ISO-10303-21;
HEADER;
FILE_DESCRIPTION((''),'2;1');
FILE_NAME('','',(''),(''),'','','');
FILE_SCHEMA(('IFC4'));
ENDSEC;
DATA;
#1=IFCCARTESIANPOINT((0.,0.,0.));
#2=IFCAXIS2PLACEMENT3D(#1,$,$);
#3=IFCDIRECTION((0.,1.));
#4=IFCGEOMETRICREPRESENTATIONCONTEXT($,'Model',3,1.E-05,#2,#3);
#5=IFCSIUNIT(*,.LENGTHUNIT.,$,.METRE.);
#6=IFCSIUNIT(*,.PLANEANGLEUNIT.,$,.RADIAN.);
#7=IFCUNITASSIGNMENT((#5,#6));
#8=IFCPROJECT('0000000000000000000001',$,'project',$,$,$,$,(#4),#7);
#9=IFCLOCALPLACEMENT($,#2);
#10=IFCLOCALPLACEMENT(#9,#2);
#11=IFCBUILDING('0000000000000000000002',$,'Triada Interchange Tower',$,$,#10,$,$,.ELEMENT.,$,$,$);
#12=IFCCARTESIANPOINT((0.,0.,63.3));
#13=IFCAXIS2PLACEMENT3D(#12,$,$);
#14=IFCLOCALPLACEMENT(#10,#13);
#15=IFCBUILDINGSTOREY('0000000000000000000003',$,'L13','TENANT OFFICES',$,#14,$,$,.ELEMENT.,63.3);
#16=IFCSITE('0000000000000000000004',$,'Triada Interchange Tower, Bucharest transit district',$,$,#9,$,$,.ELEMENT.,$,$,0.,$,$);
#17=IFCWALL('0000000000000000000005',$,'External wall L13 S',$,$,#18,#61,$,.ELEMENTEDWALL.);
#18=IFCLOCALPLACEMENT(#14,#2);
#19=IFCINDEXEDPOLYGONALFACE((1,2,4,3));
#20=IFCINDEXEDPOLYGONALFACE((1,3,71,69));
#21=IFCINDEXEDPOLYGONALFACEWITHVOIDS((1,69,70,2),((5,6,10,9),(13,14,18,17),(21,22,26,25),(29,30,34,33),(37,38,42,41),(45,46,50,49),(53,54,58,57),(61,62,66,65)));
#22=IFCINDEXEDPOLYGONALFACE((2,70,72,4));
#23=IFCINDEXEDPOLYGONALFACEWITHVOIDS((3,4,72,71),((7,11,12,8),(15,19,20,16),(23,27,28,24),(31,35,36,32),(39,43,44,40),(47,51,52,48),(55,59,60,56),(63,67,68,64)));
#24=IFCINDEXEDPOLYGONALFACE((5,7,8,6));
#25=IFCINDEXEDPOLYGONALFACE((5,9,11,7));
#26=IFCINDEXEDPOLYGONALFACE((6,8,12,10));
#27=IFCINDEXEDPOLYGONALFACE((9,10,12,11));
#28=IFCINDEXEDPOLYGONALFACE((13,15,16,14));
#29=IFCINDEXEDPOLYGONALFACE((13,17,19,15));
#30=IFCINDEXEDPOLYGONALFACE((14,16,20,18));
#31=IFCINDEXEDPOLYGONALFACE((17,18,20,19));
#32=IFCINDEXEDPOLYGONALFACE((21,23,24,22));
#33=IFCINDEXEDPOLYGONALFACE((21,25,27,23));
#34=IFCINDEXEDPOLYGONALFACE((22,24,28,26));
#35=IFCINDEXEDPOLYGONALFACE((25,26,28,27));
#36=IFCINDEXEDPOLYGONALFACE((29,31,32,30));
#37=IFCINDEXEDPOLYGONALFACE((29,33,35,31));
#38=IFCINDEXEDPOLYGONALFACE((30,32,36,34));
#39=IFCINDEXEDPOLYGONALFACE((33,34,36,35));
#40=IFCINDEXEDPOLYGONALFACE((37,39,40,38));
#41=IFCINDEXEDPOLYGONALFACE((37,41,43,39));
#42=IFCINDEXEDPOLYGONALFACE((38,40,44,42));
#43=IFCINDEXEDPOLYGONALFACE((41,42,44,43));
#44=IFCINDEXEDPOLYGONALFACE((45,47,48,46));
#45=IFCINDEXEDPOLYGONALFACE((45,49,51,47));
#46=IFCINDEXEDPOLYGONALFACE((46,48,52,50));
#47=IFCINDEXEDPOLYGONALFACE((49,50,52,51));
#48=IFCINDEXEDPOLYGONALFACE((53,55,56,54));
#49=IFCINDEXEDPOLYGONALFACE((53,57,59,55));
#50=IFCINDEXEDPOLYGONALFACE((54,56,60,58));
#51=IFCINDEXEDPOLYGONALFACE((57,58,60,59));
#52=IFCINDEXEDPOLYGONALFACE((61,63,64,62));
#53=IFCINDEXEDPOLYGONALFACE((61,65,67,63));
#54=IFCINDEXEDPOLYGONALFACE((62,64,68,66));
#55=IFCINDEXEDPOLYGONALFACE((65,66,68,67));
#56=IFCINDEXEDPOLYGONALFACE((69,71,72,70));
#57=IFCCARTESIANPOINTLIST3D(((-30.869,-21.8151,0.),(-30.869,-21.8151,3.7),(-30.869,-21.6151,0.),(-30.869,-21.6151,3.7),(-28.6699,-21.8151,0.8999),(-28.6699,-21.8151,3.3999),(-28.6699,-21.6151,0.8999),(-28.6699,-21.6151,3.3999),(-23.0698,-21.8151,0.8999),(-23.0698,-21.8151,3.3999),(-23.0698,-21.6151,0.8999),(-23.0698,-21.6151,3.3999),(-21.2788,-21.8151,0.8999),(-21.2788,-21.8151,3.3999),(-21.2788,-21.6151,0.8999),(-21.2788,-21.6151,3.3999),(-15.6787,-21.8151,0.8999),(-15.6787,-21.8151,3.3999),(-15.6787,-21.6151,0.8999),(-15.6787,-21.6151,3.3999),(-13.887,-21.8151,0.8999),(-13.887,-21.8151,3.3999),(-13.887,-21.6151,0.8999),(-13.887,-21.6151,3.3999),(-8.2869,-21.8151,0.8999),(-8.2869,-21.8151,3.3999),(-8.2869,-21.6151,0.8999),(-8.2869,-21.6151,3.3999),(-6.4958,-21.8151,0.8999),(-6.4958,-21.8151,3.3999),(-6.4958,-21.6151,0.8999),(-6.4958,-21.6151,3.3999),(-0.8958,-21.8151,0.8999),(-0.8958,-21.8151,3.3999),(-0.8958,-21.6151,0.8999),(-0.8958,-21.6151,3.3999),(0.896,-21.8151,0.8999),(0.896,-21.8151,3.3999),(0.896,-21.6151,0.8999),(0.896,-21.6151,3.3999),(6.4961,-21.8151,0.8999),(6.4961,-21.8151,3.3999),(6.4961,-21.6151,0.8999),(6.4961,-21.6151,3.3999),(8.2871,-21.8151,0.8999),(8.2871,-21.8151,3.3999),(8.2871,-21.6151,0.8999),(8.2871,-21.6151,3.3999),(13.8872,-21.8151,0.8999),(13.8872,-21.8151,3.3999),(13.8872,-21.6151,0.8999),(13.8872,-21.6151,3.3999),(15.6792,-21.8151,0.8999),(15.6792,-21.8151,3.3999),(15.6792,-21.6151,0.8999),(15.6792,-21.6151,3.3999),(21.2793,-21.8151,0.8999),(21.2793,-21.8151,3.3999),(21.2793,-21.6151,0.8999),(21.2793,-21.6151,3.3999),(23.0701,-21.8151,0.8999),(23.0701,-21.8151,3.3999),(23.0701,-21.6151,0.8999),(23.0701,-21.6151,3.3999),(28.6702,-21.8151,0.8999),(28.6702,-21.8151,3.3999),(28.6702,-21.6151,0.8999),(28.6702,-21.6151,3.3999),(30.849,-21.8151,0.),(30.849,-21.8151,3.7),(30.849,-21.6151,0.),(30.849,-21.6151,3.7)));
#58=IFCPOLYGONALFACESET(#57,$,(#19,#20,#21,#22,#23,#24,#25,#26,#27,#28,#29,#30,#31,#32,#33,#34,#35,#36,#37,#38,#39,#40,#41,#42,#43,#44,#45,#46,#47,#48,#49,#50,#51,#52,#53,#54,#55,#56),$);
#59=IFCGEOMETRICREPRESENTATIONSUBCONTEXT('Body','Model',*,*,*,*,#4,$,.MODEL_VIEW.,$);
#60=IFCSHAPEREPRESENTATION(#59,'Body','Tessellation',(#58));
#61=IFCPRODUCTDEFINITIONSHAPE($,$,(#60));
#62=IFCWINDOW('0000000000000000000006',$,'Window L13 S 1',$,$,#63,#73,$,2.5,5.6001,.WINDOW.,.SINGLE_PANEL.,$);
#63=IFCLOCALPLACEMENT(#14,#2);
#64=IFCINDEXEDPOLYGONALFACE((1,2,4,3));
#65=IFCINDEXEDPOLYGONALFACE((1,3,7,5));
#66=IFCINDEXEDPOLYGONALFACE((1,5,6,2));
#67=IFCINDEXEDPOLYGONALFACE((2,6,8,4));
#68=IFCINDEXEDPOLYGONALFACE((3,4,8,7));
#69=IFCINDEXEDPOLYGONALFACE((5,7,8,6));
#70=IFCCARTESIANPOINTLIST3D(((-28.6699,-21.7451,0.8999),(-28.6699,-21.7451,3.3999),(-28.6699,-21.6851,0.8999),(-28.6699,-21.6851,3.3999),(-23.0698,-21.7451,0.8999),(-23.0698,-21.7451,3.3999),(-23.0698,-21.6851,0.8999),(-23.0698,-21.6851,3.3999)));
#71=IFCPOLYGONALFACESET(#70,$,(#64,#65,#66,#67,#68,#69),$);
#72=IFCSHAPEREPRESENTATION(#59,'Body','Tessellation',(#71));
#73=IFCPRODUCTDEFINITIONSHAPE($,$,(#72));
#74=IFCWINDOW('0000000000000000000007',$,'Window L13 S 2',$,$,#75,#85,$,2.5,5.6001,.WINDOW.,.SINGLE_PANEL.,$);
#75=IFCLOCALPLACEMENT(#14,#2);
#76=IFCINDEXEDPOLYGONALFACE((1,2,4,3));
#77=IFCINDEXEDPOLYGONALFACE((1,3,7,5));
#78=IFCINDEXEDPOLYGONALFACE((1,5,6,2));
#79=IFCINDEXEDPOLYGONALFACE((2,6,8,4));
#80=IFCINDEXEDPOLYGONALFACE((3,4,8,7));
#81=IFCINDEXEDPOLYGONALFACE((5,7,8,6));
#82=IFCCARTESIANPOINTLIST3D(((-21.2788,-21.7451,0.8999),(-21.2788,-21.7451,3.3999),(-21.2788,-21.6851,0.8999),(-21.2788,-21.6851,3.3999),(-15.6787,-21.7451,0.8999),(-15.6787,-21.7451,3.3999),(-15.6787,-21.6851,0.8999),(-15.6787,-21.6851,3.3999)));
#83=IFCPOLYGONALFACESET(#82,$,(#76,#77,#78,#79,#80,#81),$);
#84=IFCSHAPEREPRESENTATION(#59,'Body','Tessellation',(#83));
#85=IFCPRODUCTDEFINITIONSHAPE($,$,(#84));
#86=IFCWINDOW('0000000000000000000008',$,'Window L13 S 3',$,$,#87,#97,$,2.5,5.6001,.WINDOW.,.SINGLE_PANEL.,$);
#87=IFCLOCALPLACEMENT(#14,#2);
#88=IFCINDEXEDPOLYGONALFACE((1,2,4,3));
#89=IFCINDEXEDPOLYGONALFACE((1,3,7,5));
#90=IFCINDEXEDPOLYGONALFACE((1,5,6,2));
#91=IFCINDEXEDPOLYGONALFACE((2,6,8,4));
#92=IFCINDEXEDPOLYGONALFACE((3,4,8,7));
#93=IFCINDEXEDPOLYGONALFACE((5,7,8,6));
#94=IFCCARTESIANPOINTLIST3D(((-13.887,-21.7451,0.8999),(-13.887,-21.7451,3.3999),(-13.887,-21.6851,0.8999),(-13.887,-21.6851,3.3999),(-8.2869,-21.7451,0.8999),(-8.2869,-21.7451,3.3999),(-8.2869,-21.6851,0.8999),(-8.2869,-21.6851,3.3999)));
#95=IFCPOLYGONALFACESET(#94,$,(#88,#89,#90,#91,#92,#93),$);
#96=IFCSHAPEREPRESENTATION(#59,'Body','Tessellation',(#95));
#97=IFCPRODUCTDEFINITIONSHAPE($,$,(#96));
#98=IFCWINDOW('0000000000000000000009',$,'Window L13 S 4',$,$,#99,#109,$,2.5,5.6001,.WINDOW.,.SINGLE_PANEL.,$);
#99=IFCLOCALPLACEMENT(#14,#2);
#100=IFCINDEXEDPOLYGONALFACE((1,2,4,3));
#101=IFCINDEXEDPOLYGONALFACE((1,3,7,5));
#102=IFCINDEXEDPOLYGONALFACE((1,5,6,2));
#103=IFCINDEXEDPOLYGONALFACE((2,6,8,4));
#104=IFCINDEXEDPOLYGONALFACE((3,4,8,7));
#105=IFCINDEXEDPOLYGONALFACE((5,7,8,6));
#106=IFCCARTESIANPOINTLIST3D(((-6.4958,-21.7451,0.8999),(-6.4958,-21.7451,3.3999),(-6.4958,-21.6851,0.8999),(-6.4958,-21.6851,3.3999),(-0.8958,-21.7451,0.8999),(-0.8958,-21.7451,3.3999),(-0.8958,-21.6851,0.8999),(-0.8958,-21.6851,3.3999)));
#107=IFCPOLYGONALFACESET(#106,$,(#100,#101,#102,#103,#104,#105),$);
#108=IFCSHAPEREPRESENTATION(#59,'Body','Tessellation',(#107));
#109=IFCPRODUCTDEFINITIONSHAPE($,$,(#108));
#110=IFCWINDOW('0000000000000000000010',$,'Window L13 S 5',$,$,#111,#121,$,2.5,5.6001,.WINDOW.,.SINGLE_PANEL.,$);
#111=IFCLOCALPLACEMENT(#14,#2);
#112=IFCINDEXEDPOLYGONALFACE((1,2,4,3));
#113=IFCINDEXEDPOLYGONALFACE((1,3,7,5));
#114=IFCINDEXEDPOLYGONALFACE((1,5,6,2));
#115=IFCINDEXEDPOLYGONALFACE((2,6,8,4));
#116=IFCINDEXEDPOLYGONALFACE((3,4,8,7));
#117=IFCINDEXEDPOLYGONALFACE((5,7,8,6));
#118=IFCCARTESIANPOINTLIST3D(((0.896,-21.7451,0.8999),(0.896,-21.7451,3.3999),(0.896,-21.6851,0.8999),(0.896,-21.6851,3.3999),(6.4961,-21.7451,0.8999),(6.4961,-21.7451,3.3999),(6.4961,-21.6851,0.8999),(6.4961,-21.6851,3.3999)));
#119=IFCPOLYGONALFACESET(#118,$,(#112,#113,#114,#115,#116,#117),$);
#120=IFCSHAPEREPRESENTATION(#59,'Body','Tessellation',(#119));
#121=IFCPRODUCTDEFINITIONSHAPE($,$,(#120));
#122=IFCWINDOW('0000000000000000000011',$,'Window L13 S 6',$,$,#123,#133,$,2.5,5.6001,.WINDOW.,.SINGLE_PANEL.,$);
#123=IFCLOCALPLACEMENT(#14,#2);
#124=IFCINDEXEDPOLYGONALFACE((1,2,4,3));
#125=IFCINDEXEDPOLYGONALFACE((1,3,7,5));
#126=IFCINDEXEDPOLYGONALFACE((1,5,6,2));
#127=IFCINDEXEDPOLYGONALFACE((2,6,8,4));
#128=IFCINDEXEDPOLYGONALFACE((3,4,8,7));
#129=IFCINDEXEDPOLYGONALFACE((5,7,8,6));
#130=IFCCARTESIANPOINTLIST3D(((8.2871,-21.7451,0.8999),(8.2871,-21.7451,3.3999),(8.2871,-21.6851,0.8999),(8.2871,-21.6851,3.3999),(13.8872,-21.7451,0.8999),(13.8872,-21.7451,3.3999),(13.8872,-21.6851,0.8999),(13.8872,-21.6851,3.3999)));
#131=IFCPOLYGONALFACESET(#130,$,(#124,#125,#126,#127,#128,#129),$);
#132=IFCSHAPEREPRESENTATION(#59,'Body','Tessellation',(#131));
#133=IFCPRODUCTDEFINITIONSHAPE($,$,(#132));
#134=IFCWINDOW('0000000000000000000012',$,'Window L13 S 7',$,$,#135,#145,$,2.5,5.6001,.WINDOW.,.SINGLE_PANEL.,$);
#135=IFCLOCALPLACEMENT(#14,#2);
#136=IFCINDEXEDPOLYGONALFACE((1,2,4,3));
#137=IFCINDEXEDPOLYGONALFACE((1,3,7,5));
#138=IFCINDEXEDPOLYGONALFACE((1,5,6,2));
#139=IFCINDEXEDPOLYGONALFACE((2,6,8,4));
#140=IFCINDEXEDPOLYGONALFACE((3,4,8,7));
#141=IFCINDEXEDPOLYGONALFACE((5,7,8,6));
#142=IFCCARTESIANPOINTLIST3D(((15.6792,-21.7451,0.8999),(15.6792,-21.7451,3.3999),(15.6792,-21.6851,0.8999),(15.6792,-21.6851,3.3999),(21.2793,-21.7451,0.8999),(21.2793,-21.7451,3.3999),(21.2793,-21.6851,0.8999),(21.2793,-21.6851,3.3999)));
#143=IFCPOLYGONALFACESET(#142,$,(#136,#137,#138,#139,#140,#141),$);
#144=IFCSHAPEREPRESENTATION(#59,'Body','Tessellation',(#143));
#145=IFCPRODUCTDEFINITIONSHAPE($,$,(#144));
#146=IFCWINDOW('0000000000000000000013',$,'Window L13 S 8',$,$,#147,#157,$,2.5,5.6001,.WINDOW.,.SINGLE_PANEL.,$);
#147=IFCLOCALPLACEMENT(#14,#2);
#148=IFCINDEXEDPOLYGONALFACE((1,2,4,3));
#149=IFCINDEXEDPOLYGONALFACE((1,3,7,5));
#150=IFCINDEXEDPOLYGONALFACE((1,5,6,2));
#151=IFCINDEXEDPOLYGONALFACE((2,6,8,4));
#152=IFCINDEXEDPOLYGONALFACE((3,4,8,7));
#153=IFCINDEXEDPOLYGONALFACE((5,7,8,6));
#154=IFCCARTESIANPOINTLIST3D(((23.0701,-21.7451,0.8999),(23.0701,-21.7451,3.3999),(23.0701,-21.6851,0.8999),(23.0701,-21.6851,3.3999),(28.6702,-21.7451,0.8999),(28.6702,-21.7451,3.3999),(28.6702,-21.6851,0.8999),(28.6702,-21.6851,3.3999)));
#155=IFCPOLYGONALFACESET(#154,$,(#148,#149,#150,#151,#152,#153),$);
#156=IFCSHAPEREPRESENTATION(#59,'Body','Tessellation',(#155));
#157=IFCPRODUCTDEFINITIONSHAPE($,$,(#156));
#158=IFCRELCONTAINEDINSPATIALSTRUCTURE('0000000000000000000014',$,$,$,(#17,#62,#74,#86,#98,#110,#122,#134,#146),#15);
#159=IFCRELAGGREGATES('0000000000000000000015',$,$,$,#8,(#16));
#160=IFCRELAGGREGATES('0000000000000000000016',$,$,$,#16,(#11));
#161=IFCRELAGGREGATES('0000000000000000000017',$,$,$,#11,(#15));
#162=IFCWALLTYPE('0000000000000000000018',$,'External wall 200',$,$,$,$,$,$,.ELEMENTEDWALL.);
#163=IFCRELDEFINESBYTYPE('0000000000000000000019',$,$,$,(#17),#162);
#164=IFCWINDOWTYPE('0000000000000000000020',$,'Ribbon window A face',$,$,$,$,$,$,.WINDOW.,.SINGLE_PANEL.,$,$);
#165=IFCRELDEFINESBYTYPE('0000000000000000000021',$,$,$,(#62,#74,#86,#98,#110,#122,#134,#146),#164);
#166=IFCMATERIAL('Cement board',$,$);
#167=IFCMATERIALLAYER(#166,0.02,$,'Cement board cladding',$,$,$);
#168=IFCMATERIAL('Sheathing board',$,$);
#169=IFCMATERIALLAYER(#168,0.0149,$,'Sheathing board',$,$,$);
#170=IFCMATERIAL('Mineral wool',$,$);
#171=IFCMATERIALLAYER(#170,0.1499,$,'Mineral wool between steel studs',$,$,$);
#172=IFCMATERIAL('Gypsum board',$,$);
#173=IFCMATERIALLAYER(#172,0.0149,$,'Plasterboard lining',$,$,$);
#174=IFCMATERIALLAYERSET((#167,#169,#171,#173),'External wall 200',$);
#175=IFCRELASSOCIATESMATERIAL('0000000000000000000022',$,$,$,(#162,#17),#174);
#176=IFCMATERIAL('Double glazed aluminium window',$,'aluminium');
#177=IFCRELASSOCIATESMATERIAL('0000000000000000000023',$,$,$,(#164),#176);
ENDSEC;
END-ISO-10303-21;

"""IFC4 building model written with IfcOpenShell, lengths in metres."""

from ifc_helpers import new_model, si_unit, direction, frame, frame_2d, origin, place, context, subcontext, project, spatial, rectangle, extrude, material, layer, layer_set, layer_usage, type_object, element, fill, save


model = new_model("IFC4")

# Units and contexts
model_context = context("Model", 3, precision=1e-05, world=origin(), true_north=direction((0.0, 1.0)))
body_context = subcontext(model_context, "Body", "Model", "MODEL_VIEW")
ifc_project = project(units=[si_unit("LENGTHUNIT", "METRE"), si_unit("PLANEANGLEUNIT", "RADIAN")], contexts=[model_context])

# Site, building, storey
site_placement = place(None, origin())
site = spatial("IfcSite", under=ifc_project, at=site_placement, Name="Triada Interchange Tower, Bucharest transit district", CompositionType="ELEMENT", RefElevation=0.0)
building_placement = place(site_placement, origin())
building = spatial("IfcBuilding", under=site, at=building_placement, Name="Triada Interchange Tower", CompositionType="ELEMENT")
storey_placement = place(building_placement, frame((0.0, 0.0, 63.3)))
storey = spatial("IfcBuildingStorey", under=building, at=storey_placement, Name="L13", Description="TENANT OFFICES", CompositionType="ELEMENT", Elevation=63.3)

# Shared definitions
ifc_material_1 = material(Name="Cement board")
ifc_layer_1 = layer(ifc_material_1, 0.02, Name="Cement board cladding")
ifc_material_2 = material(Name="Sheathing board")
ifc_layer_2 = layer(ifc_material_2, 0.0149, Name="Sheathing board")
ifc_material_3 = material(Name="Mineral wool")
ifc_layer_3 = layer(ifc_material_3, 0.1499, Name="Mineral wool between steel studs")
ifc_material_4 = material(Name="Gypsum board")
ifc_layer_4 = layer(ifc_material_4, 0.0149, Name="Plasterboard lining")
ifc_layer_set_1 = layer_set([ifc_layer_1, ifc_layer_2, ifc_layer_3, ifc_layer_4], Name="External wall 200")
ifc_layer_usage = layer_usage(ifc_layer_set_1, "AXIS2", "POSITIVE", -0.1001)
wall_type_1 = type_object("IfcWallType", Name="External wall 200", PredefinedType="ELEMENTEDWALL", material=ifc_layer_set_1)
ifc_material_5 = material(Name="Double glazed aluminium window", Category="aluminium")

# Wall, openings, windows
wall_1_placement = place(storey_placement, frame((-30.8689, -21.7151, 0.0), z_axis=(0.0, 0.0, 1.0), x_axis=(1.0, 0.0, 0.0)))
wall_1 = element("IfcWall", 1, at=wall_1_placement, inside=storey, type_object=wall_type_1, material=ifc_layer_usage, Name="External wall L13 S", PredefinedType="ELEMENTEDWALL", context=body_context, shape_type="SweptSolid", body=[
    extrude(rectangle(XDim=61.718, YDim=0.2, at=frame_2d((30.8589, 0.0))), origin(), (0.0, 0.0, 1.0), 3.7),
])
opening_1_placement = place(wall_1_placement, frame((2.199, 0.0, 0.8999)))
opening_1 = element("IfcOpeningElement", 2, at=opening_1_placement, cuts=wall_1, PredefinedType="OPENING", context=body_context, shape_type="SweptSolid", body=[
    extrude(rectangle(XDim=5.6001, YDim=2.5, at=frame_2d((2.8, 1.25))), frame((0.0, 0.1099, 0.0), z_axis=(0.0, -1.0, 0.0), x_axis=(1.0, 0.0, 0.0)), (0.0, 0.0, 1.0), 0.22),
])
opening_2_placement = place(wall_1_placement, frame((9.5901, 0.0, 0.8999)))
opening_2 = element("IfcOpeningElement", 3, at=opening_2_placement, cuts=wall_1, PredefinedType="OPENING", context=body_context, shape_type="SweptSolid", body=[
    extrude(rectangle(XDim=5.6001, YDim=2.5, at=frame_2d((2.8, 1.25))), frame((0.0, 0.1099, 0.0), z_axis=(0.0, -1.0, 0.0), x_axis=(1.0, 0.0, 0.0)), (0.0, 0.0, 1.0), 0.22),
])
opening_3_placement = place(wall_1_placement, frame((16.9819, 0.0, 0.8999)))
opening_3 = element("IfcOpeningElement", 4, at=opening_3_placement, cuts=wall_1, PredefinedType="OPENING", context=body_context, shape_type="SweptSolid", body=[
    extrude(rectangle(XDim=5.6001, YDim=2.5, at=frame_2d((2.8, 1.25))), frame((0.0, 0.1099, 0.0), z_axis=(0.0, -1.0, 0.0), x_axis=(1.0, 0.0, 0.0)), (0.0, 0.0, 1.0), 0.22),
])
opening_4_placement = place(wall_1_placement, frame((24.373, 0.0, 0.8999)))
opening_4 = element("IfcOpeningElement", 5, at=opening_4_placement, cuts=wall_1, PredefinedType="OPENING", context=body_context, shape_type="SweptSolid", body=[
    extrude(rectangle(XDim=5.6001, YDim=2.5, at=frame_2d((2.8, 1.25))), frame((0.0, 0.1099, 0.0), z_axis=(0.0, -1.0, 0.0), x_axis=(1.0, 0.0, 0.0)), (0.0, 0.0, 1.0), 0.22),
])
opening_5_placement = place(wall_1_placement, frame((31.7649, 0.0, 0.8999)))
opening_5 = element("IfcOpeningElement", 6, at=opening_5_placement, cuts=wall_1, PredefinedType="OPENING", context=body_context, shape_type="SweptSolid", body=[
    extrude(rectangle(XDim=5.6001, YDim=2.5, at=frame_2d((2.8, 1.25))), frame((0.0, 0.1099, 0.0), z_axis=(0.0, -1.0, 0.0), x_axis=(1.0, 0.0, 0.0)), (0.0, 0.0, 1.0), 0.22),
])
opening_6_placement = place(wall_1_placement, frame((39.156, 0.0, 0.8999)))
opening_6 = element("IfcOpeningElement", 7, at=opening_6_placement, cuts=wall_1, PredefinedType="OPENING", context=body_context, shape_type="SweptSolid", body=[
    extrude(rectangle(XDim=5.6001, YDim=2.5, at=frame_2d((2.8, 1.25))), frame((0.0, 0.1099, 0.0), z_axis=(0.0, -1.0, 0.0), x_axis=(1.0, 0.0, 0.0)), (0.0, 0.0, 1.0), 0.22),
])
opening_7_placement = place(wall_1_placement, frame((46.5481, 0.0, 0.8999)))
opening_7 = element("IfcOpeningElement", 8, at=opening_7_placement, cuts=wall_1, PredefinedType="OPENING", context=body_context, shape_type="SweptSolid", body=[
    extrude(rectangle(XDim=5.6001, YDim=2.5, at=frame_2d((2.8, 1.25))), frame((0.0, 0.1099, 0.0), z_axis=(0.0, -1.0, 0.0), x_axis=(1.0, 0.0, 0.0)), (0.0, 0.0, 1.0), 0.22),
])
opening_8_placement = place(wall_1_placement, frame((53.939, 0.0, 0.8999)))
opening_8 = element("IfcOpeningElement", 9, at=opening_8_placement, cuts=wall_1, PredefinedType="OPENING", context=body_context, shape_type="SweptSolid", body=[
    extrude(rectangle(XDim=5.6001, YDim=2.5, at=frame_2d((2.8, 1.25))), frame((0.0, 0.1099, 0.0), z_axis=(0.0, -1.0, 0.0), x_axis=(1.0, 0.0, 0.0)), (0.0, 0.0, 1.0), 0.22),
])
window_type_1 = type_object("IfcWindowType", Name="Ribbon window A face", PartitioningType="SINGLE_PANEL", PredefinedType="WINDOW", material=ifc_material_5)
window_1_placement = place(opening_1_placement, origin())
window_1 = element("IfcWindow", 10, at=window_1_placement, inside=storey, type_object=window_type_1, Name="Window L13 S 1", OverallHeight=2.5, OverallWidth=5.6001, PartitioningType="SINGLE_PANEL", PredefinedType="WINDOW", context=body_context, shape_type="SweptSolid", body=[
    extrude(rectangle(XDim=5.6001, YDim=2.5, at=frame_2d((2.8, 1.25))), frame((0.0, 0.03, 0.0), z_axis=(0.0, -1.0, 0.0), x_axis=(1.0, 0.0, 0.0)), (0.0, 0.0, 1.0), 0.0601),
])
fill(opening_1, window_1)
window_2_placement = place(opening_2_placement, origin())
window_2 = element("IfcWindow", 11, at=window_2_placement, inside=storey, type_object=window_type_1, Name="Window L13 S 2", OverallHeight=2.5, OverallWidth=5.6001, PartitioningType="SINGLE_PANEL", PredefinedType="WINDOW", context=body_context, shape_type="SweptSolid", body=[
    extrude(rectangle(XDim=5.6001, YDim=2.5, at=frame_2d((2.8, 1.25))), frame((0.0, 0.03, 0.0), z_axis=(0.0, -1.0, 0.0), x_axis=(1.0, 0.0, 0.0)), (0.0, 0.0, 1.0), 0.0601),
])
fill(opening_2, window_2)
window_3_placement = place(opening_3_placement, origin())
window_3 = element("IfcWindow", 12, at=window_3_placement, inside=storey, type_object=window_type_1, Name="Window L13 S 3", OverallHeight=2.5, OverallWidth=5.6001, PartitioningType="SINGLE_PANEL", PredefinedType="WINDOW", context=body_context, shape_type="SweptSolid", body=[
    extrude(rectangle(XDim=5.6001, YDim=2.5, at=frame_2d((2.8, 1.25))), frame((0.0, 0.03, 0.0), z_axis=(0.0, -1.0, 0.0), x_axis=(1.0, 0.0, 0.0)), (0.0, 0.0, 1.0), 0.0601),
])
fill(opening_3, window_3)
window_4_placement = place(opening_4_placement, origin())
window_4 = element("IfcWindow", 13, at=window_4_placement, inside=storey, type_object=window_type_1, Name="Window L13 S 4", OverallHeight=2.5, OverallWidth=5.6001, PartitioningType="SINGLE_PANEL", PredefinedType="WINDOW", context=body_context, shape_type="SweptSolid", body=[
    extrude(rectangle(XDim=5.6001, YDim=2.5, at=frame_2d((2.8, 1.25))), frame((0.0, 0.03, 0.0), z_axis=(0.0, -1.0, 0.0), x_axis=(1.0, 0.0, 0.0)), (0.0, 0.0, 1.0), 0.0601),
])
fill(opening_4, window_4)
window_5_placement = place(opening_5_placement, origin())
window_5 = element("IfcWindow", 14, at=window_5_placement, inside=storey, type_object=window_type_1, Name="Window L13 S 5", OverallHeight=2.5, OverallWidth=5.6001, PartitioningType="SINGLE_PANEL", PredefinedType="WINDOW", context=body_context, shape_type="SweptSolid", body=[
    extrude(rectangle(XDim=5.6001, YDim=2.5, at=frame_2d((2.8, 1.25))), frame((0.0, 0.03, 0.0), z_axis=(0.0, -1.0, 0.0), x_axis=(1.0, 0.0, 0.0)), (0.0, 0.0, 1.0), 0.0601),
])
fill(opening_5, window_5)
window_6_placement = place(opening_6_placement, origin())
window_6 = element("IfcWindow", 15, at=window_6_placement, inside=storey, type_object=window_type_1, Name="Window L13 S 6", OverallHeight=2.5, OverallWidth=5.6001, PartitioningType="SINGLE_PANEL", PredefinedType="WINDOW", context=body_context, shape_type="SweptSolid", body=[
    extrude(rectangle(XDim=5.6001, YDim=2.5, at=frame_2d((2.8, 1.25))), frame((0.0, 0.03, 0.0), z_axis=(0.0, -1.0, 0.0), x_axis=(1.0, 0.0, 0.0)), (0.0, 0.0, 1.0), 0.0601),
])
fill(opening_6, window_6)
window_7_placement = place(opening_7_placement, origin())
window_7 = element("IfcWindow", 16, at=window_7_placement, inside=storey, type_object=window_type_1, Name="Window L13 S 7", OverallHeight=2.5, OverallWidth=5.6001, PartitioningType="SINGLE_PANEL", PredefinedType="WINDOW", context=body_context, shape_type="SweptSolid", body=[
    extrude(rectangle(XDim=5.6001, YDim=2.5, at=frame_2d((2.8, 1.25))), frame((0.0, 0.03, 0.0), z_axis=(0.0, -1.0, 0.0), x_axis=(1.0, 0.0, 0.0)), (0.0, 0.0, 1.0), 0.0601),
])
fill(opening_7, window_7)
window_8_placement = place(opening_8_placement, origin())
window_8 = element("IfcWindow", 17, at=window_8_placement, inside=storey, type_object=window_type_1, Name="Window L13 S 8", OverallHeight=2.5, OverallWidth=5.6001, PartitioningType="SINGLE_PANEL", PredefinedType="WINDOW", context=body_context, shape_type="SweptSolid", body=[
    extrude(rectangle(XDim=5.6001, YDim=2.5, at=frame_2d((2.8, 1.25))), frame((0.0, 0.03, 0.0), z_axis=(0.0, -1.0, 0.0), x_axis=(1.0, 0.0, 0.0)), (0.0, 0.0, 1.0), 0.0601),
])
fill(opening_8, window_8)

save(model, "model.ifc")
